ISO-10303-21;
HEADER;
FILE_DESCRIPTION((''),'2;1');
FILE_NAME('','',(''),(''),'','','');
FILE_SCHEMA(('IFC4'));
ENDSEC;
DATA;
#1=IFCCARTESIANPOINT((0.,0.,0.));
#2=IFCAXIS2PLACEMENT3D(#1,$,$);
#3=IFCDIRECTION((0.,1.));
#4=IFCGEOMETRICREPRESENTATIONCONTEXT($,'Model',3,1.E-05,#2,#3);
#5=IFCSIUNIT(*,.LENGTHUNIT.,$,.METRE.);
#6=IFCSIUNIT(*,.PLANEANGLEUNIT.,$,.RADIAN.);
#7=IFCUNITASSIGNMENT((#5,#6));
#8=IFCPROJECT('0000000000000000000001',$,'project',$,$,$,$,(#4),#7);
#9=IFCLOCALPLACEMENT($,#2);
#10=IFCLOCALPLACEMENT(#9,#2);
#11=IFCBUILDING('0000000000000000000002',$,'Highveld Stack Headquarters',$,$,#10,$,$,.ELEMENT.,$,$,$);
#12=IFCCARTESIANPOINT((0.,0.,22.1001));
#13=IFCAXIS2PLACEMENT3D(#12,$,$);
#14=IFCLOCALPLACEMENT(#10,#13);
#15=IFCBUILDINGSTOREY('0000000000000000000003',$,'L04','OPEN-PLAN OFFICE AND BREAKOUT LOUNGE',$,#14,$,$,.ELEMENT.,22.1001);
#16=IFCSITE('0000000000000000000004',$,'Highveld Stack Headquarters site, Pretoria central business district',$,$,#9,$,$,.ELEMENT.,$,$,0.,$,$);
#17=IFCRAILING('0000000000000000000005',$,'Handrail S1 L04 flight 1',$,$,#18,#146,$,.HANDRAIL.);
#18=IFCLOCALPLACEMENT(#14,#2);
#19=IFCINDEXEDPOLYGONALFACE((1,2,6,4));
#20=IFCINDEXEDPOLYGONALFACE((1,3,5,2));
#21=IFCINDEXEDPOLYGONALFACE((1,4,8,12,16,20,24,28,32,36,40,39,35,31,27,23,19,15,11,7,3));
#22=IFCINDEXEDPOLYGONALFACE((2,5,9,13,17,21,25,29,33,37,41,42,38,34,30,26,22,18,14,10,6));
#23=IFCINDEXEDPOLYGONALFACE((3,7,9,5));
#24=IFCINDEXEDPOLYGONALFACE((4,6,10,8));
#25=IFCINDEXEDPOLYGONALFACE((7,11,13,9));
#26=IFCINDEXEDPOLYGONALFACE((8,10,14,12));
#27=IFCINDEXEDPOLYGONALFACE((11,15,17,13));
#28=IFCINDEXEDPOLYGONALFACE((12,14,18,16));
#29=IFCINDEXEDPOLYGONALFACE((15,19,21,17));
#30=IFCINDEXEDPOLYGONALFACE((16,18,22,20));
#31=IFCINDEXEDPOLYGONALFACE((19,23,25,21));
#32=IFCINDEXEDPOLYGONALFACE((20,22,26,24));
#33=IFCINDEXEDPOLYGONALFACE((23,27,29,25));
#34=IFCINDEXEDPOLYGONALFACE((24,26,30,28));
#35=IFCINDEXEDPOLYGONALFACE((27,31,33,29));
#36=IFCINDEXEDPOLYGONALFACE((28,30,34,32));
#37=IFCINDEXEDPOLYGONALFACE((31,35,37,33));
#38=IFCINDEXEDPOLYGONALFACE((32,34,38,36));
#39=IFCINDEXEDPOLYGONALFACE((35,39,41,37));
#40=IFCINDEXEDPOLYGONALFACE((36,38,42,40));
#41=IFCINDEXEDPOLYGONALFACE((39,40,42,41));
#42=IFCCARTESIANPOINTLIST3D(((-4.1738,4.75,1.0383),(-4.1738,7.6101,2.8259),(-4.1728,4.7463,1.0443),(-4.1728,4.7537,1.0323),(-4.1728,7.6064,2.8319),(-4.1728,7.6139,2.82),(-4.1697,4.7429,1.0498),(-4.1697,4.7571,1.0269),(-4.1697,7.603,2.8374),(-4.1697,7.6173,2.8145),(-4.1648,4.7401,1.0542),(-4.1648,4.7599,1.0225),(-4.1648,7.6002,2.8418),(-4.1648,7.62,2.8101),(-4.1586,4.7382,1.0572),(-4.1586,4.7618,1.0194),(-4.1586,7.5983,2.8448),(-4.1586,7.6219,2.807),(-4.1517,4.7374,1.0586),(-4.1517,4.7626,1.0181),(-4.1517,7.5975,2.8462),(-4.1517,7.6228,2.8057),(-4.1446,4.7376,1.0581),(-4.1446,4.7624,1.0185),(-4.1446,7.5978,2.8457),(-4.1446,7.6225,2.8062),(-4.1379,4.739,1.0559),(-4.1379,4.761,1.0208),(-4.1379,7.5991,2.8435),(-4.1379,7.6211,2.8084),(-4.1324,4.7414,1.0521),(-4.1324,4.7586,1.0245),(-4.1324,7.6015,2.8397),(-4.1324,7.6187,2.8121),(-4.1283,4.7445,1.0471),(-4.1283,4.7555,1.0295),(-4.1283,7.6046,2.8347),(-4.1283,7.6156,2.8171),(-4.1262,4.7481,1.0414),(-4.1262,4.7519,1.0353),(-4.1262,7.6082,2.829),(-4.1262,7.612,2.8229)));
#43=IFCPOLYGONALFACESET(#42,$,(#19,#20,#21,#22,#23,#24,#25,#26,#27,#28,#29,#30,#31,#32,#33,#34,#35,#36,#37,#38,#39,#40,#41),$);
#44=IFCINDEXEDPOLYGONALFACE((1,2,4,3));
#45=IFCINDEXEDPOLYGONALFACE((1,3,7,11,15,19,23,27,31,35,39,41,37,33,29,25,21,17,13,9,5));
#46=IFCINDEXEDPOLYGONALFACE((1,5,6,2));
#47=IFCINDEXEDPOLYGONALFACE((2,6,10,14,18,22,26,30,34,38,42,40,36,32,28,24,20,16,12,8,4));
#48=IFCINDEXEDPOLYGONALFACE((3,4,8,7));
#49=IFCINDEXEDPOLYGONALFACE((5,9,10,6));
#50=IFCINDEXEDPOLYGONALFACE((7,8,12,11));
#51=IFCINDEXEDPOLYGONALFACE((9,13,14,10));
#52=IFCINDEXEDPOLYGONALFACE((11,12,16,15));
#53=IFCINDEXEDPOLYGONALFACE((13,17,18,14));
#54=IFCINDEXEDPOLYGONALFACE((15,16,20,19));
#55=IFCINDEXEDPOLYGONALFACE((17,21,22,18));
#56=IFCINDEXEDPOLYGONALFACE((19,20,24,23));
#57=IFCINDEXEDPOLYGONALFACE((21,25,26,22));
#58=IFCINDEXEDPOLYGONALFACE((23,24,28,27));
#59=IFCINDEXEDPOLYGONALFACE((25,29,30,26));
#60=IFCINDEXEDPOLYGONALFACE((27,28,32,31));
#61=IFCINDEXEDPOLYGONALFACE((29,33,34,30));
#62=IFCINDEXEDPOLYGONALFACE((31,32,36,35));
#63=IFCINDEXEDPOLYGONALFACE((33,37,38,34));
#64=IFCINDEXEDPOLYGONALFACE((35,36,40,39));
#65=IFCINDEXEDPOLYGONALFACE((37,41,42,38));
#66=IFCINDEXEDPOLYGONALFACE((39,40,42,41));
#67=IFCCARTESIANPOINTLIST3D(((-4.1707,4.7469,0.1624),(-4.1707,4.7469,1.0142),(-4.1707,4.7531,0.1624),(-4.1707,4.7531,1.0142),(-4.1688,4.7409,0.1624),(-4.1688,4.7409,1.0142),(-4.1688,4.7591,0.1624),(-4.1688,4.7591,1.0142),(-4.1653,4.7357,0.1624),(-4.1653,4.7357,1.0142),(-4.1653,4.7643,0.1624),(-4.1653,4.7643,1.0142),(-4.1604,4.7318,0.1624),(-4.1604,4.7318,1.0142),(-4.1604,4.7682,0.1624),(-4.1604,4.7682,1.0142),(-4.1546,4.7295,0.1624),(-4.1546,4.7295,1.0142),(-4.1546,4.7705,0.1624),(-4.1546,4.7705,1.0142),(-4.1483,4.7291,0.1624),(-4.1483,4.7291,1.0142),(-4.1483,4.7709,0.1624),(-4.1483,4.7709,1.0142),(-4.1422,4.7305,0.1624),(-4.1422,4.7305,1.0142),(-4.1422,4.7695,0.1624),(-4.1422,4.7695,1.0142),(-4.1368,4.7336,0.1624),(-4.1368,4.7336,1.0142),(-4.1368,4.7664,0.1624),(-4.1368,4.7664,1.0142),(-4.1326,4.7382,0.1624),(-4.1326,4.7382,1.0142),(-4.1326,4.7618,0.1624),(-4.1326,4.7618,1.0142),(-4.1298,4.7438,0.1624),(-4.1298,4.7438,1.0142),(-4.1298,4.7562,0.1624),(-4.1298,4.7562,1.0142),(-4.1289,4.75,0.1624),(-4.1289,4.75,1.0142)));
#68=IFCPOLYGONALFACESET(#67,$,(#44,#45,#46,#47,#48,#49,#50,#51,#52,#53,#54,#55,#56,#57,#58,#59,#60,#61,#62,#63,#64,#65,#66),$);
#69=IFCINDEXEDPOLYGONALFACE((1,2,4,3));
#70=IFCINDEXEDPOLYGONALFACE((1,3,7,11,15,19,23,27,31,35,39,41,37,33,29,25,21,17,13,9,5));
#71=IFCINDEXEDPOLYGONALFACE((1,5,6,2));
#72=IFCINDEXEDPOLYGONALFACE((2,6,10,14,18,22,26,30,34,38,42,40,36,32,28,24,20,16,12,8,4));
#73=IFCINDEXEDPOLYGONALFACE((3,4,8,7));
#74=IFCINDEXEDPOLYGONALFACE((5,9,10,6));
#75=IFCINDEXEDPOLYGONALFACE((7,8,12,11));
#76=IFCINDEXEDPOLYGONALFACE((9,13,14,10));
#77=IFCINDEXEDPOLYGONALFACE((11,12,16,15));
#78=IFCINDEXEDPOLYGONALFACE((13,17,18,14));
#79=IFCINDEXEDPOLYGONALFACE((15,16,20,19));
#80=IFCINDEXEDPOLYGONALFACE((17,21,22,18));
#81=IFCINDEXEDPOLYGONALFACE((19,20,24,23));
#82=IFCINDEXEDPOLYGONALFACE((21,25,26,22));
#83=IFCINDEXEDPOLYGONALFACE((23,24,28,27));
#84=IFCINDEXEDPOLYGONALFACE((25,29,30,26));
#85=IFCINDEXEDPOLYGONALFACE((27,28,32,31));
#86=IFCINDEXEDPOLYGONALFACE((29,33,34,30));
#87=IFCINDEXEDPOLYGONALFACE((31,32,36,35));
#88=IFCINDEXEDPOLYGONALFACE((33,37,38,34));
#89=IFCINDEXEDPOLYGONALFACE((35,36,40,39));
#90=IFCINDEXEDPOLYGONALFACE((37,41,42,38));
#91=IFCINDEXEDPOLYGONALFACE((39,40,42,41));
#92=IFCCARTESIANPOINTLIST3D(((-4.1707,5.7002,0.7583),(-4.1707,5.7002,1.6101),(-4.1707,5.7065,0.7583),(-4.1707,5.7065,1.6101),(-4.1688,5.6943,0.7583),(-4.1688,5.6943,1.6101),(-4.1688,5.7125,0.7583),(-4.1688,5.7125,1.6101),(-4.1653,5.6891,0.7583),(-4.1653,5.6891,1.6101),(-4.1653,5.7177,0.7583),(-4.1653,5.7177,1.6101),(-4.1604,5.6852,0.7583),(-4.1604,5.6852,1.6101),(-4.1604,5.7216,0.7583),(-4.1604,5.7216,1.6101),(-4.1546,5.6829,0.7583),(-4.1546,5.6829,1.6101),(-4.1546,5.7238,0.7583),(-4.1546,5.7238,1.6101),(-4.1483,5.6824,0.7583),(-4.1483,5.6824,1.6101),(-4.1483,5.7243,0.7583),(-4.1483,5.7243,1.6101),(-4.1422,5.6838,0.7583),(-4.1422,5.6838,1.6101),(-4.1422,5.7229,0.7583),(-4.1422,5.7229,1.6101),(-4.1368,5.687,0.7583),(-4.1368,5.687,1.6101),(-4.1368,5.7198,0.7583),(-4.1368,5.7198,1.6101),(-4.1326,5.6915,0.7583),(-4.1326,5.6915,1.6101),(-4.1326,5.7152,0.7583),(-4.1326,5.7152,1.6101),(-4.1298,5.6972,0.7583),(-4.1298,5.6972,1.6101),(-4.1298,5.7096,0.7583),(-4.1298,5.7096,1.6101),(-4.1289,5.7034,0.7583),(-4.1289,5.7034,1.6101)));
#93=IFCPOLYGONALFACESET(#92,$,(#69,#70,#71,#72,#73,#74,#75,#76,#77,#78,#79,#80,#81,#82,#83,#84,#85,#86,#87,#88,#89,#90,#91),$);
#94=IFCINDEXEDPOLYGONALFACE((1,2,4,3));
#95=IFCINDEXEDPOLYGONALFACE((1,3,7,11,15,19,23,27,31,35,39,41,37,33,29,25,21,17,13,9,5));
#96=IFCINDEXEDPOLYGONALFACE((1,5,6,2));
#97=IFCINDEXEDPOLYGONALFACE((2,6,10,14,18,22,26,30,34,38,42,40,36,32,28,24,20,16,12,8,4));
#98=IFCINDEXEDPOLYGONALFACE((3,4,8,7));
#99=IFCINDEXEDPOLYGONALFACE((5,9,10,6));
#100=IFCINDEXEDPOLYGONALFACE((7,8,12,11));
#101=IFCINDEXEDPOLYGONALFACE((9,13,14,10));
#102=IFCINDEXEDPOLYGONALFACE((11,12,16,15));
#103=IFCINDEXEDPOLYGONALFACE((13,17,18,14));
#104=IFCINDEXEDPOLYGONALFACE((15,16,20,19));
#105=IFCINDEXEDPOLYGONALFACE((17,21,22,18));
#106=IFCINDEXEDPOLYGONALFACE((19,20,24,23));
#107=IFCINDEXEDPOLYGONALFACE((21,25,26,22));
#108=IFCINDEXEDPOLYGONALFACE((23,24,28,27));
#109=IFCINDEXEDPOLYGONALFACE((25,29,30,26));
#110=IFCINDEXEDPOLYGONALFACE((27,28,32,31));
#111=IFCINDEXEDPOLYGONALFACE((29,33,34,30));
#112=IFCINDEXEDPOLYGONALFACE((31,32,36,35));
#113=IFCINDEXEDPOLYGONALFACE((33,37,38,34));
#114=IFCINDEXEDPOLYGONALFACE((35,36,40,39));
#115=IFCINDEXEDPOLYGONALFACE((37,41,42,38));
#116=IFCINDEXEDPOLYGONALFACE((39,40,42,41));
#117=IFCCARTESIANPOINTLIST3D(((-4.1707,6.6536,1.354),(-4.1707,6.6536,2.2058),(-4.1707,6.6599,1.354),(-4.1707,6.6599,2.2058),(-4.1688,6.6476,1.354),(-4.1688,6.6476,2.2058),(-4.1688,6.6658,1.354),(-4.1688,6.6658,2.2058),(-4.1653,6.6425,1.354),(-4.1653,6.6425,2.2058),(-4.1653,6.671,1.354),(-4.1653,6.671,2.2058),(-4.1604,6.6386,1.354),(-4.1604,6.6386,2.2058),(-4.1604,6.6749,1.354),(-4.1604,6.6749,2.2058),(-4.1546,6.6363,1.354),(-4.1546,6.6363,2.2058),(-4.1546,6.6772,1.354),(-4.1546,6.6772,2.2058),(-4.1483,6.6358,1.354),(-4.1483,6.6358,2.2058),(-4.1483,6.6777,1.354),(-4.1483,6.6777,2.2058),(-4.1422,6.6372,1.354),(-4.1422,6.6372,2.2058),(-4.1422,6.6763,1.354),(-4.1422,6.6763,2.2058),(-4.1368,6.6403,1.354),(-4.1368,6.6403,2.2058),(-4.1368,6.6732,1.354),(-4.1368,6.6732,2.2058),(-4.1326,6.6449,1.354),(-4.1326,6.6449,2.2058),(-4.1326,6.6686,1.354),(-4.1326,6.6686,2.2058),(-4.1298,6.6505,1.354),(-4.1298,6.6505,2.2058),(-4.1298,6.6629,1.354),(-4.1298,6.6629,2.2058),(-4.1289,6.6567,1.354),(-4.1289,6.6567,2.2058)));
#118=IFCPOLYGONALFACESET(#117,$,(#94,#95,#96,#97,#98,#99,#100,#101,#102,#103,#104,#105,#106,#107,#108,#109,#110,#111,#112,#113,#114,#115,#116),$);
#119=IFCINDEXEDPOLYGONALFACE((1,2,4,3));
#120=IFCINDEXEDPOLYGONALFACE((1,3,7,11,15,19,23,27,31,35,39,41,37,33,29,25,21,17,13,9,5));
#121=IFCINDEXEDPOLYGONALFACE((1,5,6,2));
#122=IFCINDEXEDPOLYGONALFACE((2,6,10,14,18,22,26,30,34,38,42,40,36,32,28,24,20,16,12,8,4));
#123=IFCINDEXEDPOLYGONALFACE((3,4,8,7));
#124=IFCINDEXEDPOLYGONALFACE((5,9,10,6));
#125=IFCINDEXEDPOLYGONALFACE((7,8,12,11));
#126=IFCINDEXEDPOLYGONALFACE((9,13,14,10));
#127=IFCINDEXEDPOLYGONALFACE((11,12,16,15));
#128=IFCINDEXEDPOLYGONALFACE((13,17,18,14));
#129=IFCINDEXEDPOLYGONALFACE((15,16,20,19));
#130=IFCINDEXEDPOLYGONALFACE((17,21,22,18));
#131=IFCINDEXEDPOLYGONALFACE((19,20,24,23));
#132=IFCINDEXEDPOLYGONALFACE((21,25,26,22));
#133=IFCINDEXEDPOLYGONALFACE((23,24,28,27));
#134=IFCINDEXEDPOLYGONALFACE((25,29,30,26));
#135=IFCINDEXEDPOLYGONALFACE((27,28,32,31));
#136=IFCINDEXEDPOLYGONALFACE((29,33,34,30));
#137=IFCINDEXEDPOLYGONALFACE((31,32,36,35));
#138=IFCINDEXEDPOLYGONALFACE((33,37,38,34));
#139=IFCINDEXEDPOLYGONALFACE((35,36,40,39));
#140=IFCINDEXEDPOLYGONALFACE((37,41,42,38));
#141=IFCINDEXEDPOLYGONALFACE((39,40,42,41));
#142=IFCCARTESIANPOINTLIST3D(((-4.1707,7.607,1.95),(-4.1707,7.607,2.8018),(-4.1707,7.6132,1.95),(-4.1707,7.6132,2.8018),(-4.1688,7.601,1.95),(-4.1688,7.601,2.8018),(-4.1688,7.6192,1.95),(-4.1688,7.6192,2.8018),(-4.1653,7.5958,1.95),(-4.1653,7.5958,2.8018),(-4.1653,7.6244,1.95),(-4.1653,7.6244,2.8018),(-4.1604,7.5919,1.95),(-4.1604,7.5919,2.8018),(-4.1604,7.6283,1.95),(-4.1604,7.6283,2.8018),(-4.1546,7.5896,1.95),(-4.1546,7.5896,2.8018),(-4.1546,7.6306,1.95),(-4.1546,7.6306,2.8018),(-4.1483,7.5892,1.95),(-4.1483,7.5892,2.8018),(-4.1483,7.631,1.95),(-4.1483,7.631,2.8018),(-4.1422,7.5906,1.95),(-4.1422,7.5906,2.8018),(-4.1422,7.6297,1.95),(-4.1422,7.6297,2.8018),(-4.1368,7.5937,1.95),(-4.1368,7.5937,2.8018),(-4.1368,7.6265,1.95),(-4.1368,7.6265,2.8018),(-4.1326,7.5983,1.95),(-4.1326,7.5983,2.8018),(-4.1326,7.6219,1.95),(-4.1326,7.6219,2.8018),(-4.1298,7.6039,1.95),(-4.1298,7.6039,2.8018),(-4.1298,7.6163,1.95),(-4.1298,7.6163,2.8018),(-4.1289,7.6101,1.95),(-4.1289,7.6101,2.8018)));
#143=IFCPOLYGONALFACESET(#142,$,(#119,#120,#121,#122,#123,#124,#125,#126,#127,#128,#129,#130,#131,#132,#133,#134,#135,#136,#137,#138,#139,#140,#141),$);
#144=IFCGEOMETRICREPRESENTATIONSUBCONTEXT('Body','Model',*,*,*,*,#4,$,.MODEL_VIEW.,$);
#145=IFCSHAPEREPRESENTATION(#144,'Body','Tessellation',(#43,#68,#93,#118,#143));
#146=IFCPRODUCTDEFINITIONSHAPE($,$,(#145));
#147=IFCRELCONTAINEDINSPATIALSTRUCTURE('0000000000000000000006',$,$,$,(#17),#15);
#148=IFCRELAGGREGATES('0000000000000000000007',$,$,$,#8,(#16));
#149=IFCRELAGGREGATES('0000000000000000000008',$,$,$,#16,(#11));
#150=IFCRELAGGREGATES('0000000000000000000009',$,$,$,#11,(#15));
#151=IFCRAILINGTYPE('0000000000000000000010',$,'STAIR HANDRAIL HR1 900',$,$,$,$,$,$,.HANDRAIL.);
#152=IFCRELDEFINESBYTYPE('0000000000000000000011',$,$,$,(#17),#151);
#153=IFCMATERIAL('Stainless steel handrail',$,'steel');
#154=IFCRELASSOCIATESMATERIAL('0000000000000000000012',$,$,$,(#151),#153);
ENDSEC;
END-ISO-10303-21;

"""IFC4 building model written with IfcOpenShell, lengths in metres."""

from ifc_helpers import new_model, si_unit, direction, frame, origin, origin_2d, place, context, subcontext, project, spatial, circle, extrude, material, type_object, element, save


model = new_model("IFC4")

# Units and contexts
model_context = context("Model", 3, precision=1e-05, world=origin(), true_north=direction((0.0, 1.0)))
body_context = subcontext(model_context, "Body", "Model", "MODEL_VIEW")
ifc_project = project(units=[si_unit("LENGTHUNIT", "METRE"), si_unit("PLANEANGLEUNIT", "RADIAN")], contexts=[model_context])

# Site, building, storey
site_placement = place(None, origin())
site = spatial("IfcSite", under=ifc_project, at=site_placement, Name="Highveld Stack Headquarters site, Pretoria central business district", CompositionType="ELEMENT", RefElevation=0.0)
building_placement = place(site_placement, origin())
building = spatial("IfcBuilding", under=site, at=building_placement, Name="Highveld Stack Headquarters", CompositionType="ELEMENT")
storey_placement = place(building_placement, frame((0.0, 0.0, 22.1001)))
storey = spatial("IfcBuildingStorey", under=building, at=storey_placement, Name="L04", Description="OPEN-PLAN OFFICE AND BREAKOUT LOUNGE", CompositionType="ELEMENT", Elevation=22.1001)

# Railing
ifc_material_1 = material(Name="Stainless steel handrail", Category="steel")
railing_type = type_object("IfcRailingType", Name="STAIR HANDRAIL HR1 900", PredefinedType="HANDRAIL", material=ifc_material_1)
for number, where, name in (
    (1, (-4.1499, 4.75, 0.1624), "Handrail S1 L04 flight 1"),
):
    element("IfcRailing", number, at=place(storey_placement, frame(where)), inside=storey, type_object=railing_type, Name=name, PredefinedType="HANDRAIL", context=body_context, shape_type="SweptSolid", body=[
        extrude(circle(Radius=0.0239, at=origin_2d()), frame((0.0, 0.0, 0.876), z_axis=(0.0, 0.847994, 0.530005), x_axis=(-1.0, 0.0, 0.0)), (0.0, 0.0, 1.0), 3.3728),
        extrude(circle(Radius=0.021, at=origin_2d()), origin(), (0.0, 0.0, 1.0), 0.8518),
        extrude(circle(Radius=0.021, at=origin_2d()), frame((0.0, 0.9534, 0.5959)), (0.0, 0.0, 1.0), 0.8518),
        extrude(circle(Radius=0.021, at=origin_2d()), frame((0.0, 1.9067, 1.1917)), (0.0, 0.0, 1.0), 0.8518),
        extrude(circle(Radius=0.021, at=origin_2d()), frame((0.0, 2.8601, 1.7876)), (0.0, 0.0, 1.0), 0.8518),
    ])

save(model, "model.ifc")
